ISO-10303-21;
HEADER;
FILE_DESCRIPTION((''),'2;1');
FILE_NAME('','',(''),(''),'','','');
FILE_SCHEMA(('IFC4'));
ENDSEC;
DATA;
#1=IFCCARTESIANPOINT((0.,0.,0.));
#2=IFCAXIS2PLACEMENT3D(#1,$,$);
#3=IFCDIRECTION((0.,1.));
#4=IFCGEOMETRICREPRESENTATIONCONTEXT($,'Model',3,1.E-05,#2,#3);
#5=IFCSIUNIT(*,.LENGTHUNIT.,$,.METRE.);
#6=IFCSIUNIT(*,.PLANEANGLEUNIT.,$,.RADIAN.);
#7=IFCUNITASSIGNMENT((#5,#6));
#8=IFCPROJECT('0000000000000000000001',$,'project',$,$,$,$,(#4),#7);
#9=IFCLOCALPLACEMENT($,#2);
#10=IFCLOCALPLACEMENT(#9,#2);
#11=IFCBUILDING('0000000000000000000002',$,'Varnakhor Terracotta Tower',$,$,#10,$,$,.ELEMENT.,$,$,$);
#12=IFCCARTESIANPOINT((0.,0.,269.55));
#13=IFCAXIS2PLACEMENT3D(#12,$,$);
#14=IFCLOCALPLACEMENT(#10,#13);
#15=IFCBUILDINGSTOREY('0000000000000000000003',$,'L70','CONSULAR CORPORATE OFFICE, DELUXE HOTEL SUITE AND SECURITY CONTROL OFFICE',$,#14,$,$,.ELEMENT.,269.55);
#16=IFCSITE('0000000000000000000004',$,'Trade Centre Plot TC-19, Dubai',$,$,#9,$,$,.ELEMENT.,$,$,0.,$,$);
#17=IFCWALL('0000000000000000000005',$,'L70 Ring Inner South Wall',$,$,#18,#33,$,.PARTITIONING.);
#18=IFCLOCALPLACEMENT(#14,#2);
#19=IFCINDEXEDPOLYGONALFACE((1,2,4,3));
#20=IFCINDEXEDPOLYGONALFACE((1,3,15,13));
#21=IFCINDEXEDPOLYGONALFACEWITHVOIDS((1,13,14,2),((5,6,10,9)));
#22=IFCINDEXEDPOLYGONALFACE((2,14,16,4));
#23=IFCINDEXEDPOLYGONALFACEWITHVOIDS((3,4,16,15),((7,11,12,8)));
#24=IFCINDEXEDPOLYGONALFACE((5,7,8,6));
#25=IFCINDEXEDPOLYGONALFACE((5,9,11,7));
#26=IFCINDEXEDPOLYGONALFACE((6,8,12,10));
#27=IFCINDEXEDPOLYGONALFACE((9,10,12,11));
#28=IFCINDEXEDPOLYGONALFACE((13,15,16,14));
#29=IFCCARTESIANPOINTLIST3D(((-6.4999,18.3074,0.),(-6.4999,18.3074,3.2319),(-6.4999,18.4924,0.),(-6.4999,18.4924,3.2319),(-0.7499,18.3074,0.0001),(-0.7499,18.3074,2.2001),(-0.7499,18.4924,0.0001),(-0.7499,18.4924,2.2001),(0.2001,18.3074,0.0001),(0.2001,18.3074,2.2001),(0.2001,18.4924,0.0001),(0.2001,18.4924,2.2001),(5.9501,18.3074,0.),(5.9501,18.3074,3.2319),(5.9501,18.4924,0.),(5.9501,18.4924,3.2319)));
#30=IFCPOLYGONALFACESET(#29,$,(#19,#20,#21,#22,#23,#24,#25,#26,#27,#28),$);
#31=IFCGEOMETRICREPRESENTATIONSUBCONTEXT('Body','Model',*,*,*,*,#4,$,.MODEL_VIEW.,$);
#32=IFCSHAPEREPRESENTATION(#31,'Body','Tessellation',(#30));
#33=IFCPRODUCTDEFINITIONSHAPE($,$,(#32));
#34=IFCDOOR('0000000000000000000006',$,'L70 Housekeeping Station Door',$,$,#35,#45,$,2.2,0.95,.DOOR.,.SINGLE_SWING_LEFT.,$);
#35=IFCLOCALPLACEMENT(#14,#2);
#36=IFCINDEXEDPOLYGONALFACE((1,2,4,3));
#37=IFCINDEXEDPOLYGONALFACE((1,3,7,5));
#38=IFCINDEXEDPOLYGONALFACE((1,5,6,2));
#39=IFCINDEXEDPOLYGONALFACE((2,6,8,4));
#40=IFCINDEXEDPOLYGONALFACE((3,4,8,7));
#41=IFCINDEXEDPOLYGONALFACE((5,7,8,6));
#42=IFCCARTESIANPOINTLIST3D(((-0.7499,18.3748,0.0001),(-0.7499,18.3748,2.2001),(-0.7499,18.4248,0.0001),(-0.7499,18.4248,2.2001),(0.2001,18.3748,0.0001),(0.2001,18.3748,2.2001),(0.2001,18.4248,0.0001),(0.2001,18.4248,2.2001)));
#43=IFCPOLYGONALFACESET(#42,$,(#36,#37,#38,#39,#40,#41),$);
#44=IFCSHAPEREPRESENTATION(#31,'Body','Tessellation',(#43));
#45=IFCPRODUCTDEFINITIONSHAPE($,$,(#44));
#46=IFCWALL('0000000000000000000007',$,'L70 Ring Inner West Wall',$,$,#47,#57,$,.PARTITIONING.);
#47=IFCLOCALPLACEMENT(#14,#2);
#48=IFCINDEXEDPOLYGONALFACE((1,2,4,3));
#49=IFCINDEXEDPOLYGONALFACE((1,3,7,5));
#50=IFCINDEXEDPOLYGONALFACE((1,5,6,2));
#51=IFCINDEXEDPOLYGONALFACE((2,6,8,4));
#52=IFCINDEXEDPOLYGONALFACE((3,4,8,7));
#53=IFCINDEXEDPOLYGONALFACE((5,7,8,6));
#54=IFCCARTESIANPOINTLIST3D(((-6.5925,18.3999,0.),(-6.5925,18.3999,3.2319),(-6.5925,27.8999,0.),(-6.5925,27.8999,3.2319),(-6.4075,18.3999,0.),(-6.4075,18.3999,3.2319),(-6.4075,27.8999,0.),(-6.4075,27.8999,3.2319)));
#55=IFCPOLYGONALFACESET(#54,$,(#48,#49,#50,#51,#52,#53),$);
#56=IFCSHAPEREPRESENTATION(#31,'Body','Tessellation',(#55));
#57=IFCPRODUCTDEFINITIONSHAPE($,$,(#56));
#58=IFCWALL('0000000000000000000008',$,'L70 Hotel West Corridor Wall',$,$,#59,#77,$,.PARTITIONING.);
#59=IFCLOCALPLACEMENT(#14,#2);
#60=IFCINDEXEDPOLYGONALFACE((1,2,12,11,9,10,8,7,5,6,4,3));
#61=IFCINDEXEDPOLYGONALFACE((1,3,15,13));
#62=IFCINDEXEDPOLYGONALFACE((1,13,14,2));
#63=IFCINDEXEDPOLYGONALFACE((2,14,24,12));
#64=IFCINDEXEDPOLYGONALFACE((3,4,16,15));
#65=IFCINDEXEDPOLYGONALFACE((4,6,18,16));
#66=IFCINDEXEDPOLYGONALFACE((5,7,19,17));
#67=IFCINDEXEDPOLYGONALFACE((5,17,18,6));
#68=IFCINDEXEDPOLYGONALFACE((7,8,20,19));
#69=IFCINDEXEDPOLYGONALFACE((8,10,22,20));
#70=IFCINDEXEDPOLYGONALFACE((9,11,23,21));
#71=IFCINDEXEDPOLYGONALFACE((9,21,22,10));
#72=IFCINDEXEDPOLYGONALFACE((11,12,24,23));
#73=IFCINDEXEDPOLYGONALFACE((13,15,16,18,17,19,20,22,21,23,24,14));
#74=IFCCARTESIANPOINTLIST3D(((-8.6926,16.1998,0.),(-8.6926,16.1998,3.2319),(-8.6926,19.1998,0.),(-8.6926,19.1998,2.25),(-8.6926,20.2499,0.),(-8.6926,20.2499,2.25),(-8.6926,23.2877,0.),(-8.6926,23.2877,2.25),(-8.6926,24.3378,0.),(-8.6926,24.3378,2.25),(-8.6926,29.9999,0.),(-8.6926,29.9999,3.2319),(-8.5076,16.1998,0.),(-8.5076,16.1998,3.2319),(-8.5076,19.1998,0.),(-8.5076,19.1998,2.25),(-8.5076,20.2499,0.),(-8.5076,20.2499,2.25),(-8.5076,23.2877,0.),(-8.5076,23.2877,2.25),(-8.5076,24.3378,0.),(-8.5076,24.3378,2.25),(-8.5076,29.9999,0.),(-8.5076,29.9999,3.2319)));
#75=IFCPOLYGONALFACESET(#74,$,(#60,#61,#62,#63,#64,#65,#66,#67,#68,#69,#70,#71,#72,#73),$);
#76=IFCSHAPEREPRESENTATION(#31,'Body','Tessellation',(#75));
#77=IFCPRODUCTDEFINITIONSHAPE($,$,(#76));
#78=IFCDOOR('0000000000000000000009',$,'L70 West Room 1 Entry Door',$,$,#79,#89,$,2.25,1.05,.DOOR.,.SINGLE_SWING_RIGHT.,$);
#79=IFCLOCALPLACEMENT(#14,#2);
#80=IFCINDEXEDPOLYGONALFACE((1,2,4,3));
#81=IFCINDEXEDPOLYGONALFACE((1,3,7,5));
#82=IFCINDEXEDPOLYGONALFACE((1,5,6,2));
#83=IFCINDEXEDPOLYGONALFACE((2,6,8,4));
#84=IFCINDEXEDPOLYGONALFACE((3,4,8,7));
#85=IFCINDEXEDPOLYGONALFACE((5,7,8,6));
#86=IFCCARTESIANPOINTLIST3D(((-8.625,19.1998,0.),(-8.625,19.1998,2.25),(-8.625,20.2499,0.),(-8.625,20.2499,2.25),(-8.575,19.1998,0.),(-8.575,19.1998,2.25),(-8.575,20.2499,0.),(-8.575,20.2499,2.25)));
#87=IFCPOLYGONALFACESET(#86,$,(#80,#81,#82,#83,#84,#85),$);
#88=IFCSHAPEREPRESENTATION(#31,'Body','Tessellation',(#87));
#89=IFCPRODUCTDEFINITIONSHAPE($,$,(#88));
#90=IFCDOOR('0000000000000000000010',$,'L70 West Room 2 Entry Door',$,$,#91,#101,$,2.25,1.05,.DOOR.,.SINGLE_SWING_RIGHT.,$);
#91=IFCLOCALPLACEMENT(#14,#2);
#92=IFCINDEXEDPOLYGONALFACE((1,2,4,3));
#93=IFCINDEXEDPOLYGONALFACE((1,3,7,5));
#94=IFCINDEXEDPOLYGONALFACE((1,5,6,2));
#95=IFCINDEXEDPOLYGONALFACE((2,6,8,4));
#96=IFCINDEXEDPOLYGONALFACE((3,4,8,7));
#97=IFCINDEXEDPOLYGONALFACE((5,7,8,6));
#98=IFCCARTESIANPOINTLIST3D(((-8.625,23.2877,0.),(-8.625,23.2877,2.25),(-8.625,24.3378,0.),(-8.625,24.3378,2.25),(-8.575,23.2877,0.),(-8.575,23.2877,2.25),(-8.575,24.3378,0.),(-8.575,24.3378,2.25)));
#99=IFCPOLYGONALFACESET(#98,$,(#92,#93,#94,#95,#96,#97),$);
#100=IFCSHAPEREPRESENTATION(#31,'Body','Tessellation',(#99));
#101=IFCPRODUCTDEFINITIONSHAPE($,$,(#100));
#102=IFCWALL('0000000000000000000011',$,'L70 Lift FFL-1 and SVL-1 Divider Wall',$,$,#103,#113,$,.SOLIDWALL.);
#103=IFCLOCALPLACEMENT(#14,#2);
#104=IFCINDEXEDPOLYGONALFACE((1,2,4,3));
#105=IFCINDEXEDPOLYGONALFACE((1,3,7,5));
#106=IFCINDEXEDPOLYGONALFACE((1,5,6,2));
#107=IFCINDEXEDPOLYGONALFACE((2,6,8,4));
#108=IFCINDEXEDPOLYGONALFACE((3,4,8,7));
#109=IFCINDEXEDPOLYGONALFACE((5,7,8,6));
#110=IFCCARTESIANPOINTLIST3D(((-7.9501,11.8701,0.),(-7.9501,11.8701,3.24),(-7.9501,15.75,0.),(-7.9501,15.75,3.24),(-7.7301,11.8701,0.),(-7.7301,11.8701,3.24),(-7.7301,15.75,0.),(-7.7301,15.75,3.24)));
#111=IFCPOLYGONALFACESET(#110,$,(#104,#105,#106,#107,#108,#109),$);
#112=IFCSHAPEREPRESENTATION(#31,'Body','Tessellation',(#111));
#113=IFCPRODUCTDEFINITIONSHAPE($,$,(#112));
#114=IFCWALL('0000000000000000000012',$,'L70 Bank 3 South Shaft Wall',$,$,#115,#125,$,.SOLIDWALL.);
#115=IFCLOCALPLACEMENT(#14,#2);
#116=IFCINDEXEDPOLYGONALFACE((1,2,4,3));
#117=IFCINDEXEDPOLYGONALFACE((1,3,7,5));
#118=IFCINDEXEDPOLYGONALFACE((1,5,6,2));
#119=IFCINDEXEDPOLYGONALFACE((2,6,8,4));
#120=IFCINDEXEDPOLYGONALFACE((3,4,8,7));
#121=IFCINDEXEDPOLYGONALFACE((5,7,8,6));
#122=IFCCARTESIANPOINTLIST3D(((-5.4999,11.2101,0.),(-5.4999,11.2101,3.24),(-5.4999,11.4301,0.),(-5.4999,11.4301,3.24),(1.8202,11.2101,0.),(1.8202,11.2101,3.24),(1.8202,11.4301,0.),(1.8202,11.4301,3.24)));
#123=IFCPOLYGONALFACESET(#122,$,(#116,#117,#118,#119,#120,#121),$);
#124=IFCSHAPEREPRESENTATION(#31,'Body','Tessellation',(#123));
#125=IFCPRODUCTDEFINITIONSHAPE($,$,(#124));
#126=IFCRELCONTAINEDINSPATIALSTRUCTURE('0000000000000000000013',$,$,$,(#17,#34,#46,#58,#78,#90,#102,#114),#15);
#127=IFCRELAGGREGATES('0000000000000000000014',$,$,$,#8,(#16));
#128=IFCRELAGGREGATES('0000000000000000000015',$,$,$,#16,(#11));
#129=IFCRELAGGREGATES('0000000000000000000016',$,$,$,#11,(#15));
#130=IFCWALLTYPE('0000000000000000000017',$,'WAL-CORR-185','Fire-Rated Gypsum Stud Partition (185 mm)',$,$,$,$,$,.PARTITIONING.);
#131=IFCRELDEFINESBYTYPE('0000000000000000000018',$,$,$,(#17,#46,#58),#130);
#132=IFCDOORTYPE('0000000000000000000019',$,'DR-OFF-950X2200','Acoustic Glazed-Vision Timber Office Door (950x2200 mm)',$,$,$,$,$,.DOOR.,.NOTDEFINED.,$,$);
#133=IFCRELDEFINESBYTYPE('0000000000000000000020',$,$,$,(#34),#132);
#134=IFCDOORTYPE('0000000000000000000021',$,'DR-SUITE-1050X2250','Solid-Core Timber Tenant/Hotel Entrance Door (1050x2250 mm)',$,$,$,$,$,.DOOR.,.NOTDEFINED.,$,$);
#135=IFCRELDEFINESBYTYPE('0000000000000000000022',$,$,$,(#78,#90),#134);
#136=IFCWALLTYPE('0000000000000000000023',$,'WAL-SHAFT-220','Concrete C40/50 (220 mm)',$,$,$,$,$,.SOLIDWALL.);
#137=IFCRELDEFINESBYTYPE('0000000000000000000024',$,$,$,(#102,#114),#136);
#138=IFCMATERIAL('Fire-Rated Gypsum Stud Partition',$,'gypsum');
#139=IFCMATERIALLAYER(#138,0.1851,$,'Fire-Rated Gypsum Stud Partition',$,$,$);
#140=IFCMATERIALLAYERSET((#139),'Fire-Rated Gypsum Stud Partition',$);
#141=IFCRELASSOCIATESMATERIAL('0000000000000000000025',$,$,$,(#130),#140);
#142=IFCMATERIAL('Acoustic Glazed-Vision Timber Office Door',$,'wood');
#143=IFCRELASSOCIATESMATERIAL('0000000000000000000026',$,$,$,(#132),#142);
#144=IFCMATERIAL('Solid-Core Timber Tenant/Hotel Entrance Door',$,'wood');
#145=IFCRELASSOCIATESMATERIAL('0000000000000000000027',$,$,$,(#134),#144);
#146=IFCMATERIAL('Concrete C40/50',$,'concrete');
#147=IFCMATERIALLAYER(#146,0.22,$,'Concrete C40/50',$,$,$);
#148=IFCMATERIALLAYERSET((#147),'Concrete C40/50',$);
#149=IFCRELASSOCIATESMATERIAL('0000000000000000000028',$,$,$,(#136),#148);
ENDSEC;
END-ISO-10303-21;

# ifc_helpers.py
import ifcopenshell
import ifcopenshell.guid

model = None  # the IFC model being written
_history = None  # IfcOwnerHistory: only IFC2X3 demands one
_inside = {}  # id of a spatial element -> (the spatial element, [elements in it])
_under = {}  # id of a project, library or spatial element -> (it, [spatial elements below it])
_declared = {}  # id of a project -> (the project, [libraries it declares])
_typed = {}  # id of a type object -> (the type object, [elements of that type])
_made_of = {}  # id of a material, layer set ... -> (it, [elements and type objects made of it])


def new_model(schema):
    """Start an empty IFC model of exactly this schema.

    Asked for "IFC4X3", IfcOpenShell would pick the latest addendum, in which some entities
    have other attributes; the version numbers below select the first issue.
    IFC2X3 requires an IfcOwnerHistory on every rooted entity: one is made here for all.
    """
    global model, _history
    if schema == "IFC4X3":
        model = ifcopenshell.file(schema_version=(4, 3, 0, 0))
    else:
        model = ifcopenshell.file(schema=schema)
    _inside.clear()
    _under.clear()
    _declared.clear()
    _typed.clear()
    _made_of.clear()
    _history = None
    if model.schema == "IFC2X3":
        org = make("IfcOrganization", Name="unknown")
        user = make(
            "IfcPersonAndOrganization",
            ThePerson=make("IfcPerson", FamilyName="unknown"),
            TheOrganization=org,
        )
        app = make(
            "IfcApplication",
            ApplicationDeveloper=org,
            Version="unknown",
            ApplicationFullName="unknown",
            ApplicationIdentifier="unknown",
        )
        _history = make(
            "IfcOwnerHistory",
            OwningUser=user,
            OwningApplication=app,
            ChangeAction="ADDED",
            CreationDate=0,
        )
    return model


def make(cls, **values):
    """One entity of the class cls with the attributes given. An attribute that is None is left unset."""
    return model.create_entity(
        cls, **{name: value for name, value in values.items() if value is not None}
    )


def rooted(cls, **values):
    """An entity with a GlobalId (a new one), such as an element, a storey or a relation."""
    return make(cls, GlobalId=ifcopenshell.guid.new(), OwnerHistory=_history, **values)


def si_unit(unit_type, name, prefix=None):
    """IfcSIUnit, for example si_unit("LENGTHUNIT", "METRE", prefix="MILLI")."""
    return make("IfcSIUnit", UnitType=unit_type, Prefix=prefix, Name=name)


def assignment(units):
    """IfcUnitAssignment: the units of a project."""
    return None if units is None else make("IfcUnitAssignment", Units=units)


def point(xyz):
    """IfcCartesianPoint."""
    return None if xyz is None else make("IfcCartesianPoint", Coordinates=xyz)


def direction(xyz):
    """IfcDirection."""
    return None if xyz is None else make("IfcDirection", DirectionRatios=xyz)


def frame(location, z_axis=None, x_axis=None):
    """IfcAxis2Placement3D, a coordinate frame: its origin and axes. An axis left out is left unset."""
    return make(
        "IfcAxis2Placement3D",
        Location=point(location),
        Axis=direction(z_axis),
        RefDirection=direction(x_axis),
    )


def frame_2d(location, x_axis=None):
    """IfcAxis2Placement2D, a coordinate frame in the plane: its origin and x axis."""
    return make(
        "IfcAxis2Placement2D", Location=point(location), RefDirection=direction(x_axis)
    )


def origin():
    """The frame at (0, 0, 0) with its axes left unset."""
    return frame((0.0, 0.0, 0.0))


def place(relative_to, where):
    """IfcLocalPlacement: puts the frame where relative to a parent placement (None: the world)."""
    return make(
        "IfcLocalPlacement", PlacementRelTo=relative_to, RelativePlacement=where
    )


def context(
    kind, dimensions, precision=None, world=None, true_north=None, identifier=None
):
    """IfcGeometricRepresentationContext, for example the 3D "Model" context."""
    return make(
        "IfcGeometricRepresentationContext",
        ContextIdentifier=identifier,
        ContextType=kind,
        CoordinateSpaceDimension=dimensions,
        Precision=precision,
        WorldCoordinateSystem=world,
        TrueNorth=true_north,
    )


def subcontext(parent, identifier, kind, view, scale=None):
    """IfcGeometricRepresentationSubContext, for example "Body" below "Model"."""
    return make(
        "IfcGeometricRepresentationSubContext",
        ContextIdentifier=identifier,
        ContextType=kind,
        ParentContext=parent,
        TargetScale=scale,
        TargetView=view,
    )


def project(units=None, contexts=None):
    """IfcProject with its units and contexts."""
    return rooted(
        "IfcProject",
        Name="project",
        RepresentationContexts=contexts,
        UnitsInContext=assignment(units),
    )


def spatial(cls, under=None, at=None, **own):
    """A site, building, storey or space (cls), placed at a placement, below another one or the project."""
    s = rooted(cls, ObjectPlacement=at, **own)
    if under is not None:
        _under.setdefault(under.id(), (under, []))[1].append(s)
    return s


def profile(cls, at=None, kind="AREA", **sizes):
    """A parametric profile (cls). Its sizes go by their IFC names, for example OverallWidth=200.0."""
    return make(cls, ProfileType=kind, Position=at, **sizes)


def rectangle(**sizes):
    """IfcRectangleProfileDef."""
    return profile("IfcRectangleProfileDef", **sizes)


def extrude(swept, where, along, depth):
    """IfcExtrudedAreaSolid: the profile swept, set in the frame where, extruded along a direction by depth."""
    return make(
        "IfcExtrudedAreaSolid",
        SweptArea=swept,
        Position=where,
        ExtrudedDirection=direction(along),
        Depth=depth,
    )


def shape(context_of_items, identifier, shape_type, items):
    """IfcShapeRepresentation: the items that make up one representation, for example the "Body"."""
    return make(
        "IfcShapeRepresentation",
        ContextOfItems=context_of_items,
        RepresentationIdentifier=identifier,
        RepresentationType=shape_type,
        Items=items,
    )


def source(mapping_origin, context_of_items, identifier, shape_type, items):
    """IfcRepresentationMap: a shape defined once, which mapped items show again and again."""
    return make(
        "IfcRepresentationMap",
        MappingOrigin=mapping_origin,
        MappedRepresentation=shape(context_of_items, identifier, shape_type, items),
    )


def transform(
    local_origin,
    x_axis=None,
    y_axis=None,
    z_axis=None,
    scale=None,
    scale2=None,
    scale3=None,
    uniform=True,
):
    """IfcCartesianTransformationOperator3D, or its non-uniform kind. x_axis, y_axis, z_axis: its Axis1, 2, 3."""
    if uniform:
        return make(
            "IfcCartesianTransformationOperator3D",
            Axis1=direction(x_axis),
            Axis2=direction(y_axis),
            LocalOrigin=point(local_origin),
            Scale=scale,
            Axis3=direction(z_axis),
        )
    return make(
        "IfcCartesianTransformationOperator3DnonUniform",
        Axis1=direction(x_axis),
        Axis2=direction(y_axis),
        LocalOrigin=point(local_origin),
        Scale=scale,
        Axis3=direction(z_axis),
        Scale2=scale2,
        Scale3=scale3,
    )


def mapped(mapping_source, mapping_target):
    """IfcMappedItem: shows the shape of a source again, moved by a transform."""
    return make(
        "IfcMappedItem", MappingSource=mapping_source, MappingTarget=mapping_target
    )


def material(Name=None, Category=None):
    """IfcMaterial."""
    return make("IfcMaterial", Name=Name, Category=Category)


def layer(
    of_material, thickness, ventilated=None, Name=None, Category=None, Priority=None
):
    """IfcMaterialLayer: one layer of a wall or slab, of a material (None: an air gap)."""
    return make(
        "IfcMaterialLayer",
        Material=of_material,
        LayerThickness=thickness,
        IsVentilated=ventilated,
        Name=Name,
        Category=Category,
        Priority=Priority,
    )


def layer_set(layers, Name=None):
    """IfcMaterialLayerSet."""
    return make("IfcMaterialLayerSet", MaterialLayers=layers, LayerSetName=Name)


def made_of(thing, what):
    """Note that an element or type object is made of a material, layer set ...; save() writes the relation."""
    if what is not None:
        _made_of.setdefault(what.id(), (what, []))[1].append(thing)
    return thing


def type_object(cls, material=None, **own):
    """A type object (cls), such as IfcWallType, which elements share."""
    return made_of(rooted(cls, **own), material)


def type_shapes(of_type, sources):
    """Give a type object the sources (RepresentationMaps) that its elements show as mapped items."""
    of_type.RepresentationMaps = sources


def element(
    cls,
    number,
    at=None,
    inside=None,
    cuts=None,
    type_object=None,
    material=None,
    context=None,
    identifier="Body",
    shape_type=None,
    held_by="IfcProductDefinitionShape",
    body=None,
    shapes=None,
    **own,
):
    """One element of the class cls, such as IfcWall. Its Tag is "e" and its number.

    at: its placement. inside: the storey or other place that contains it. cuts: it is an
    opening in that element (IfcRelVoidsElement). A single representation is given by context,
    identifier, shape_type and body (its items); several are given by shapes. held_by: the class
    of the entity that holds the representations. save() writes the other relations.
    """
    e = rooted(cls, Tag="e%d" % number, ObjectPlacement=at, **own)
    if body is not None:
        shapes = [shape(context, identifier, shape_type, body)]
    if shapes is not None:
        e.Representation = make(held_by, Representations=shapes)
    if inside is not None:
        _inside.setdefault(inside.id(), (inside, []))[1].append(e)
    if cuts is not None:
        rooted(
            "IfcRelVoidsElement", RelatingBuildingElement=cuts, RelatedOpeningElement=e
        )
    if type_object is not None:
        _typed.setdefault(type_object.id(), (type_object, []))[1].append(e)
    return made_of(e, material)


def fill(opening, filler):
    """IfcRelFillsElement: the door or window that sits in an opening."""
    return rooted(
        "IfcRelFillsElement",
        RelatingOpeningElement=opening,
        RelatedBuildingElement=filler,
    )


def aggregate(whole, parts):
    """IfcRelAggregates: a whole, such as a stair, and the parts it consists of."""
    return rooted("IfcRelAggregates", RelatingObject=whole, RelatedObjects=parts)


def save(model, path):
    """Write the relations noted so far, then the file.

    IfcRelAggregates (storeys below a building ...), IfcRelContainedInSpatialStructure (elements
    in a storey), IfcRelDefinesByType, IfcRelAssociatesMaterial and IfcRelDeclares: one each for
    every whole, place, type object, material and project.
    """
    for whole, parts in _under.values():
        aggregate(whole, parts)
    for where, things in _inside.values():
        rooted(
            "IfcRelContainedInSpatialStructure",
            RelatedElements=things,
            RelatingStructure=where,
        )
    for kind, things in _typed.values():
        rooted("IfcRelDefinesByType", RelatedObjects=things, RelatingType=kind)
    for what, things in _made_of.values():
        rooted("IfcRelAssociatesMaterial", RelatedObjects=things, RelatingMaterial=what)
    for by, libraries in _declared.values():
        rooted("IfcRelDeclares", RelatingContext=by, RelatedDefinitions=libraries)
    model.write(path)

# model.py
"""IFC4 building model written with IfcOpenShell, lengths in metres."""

from ifc_helpers import new_model, si_unit, direction, frame, frame_2d, origin, place, context, subcontext, project, spatial, rectangle, extrude, source, transform, mapped, material, layer, layer_set, type_object, type_shapes, element, fill, save


model = new_model("IFC4")

# Units and contexts
model_context = context("Model", 3, precision=1e-05, world=origin(), true_north=direction((0.0, 1.0)))
body_context = subcontext(model_context, "Body", "Model", "MODEL_VIEW")
ifc_project = project(units=[si_unit("LENGTHUNIT", "METRE"), si_unit("PLANEANGLEUNIT", "RADIAN")], contexts=[model_context])

# Site, building, storey
site_placement = place(None, origin())
site = spatial("IfcSite", under=ifc_project, at=site_placement, Name="Trade Centre Plot TC-19, Dubai", CompositionType="ELEMENT", RefElevation=0.0)
building_placement = place(site_placement, origin())
building = spatial("IfcBuilding", under=site, at=building_placement, Name="Varnakhor Terracotta Tower", CompositionType="ELEMENT")
storey_placement = place(building_placement, frame((0.0, 0.0, 269.55)))
storey = spatial("IfcBuildingStorey", under=building, at=storey_placement, Name="L70", Description="CONSULAR CORPORATE OFFICE, DELUXE HOTEL SUITE AND SECURITY CONTROL OFFICE", CompositionType="ELEMENT", Elevation=269.55)

# Wall, opening, door
ifc_material_1 = material(Name="Fire-Rated Gypsum Stud Partition", Category="gypsum")
ifc_layer_1 = layer(ifc_material_1, 0.1851, Name="Fire-Rated Gypsum Stud Partition")
ifc_layer_set_1 = layer_set([ifc_layer_1], Name="Fire-Rated Gypsum Stud Partition")
wall_type_1 = type_object("IfcWallType", Name="WAL-CORR-185", Description="Fire-Rated Gypsum Stud Partition (185 mm)", PredefinedType="PARTITIONING", material=ifc_layer_set_1)
wall_1_placement = place(storey_placement, frame((-6.5, 18.3999, 0.0), z_axis=(0.0, 0.0, 1.0), x_axis=(1.0, 0.0, 0.0)))
wall_1 = element("IfcWall", 1, at=wall_1_placement, inside=storey, type_object=wall_type_1, Name="L70 Ring Inner South Wall", PredefinedType="PARTITIONING", context=body_context, shape_type="SweptSolid", body=[
    extrude(rectangle(XDim=12.45, YDim=0.1851, at=frame_2d((6.2251, 0.0))), origin(), (0.0, 0.0, 1.0), 3.2319),
])
opening_1_placement = place(wall_1_placement, frame((5.75, 0.0, 0.0)))
opening_1 = element("IfcOpeningElement", 2, at=opening_1_placement, cuts=wall_1, PredefinedType="OPENING", context=body_context, shape_type="SweptSolid", body=[
    extrude(rectangle(XDim=0.95, YDim=2.2, at=frame_2d((0.4751, 1.1001))), frame((0.0, 0.1025, 0.0), z_axis=(0.0, -1.0, 0.0), x_axis=(1.0, 0.0, 0.0)), (0.0, 0.0, 1.0), 0.2051),
])
ifc_material_2 = material(Name="Acoustic Glazed-Vision Timber Office Door", Category="wood")
door_type_1 = type_object("IfcDoorType", Name="DR-OFF-950X2200", Description="Acoustic Glazed-Vision Timber Office Door (950x2200 mm)", OperationType="NOTDEFINED", PredefinedType="DOOR", material=ifc_material_2)
shared_shape_1 = source(origin(), body_context, "Body", "SweptSolid", [
    extrude(rectangle(XDim=0.95, YDim=2.2, at=frame_2d((0.4751, 1.1001))), frame((0.0, 0.0249, 0.0), z_axis=(0.0, -1.0, 0.0), x_axis=(1.0, 0.0, 0.0)), (0.0, 0.0, 1.0), 0.05),
])
type_shapes(door_type_1, [shared_shape_1])
door_1_placement = place(opening_1_placement, origin())
door_1 = element("IfcDoor", 3, at=door_1_placement, inside=storey, type_object=door_type_1, Name="L70 Housekeeping Station Door", OperationType="SINGLE_SWING_LEFT", OverallHeight=2.2, OverallWidth=0.95, PredefinedType="DOOR", context=body_context, shape_type="MappedRepresentation", body=[
    mapped(shared_shape_1, transform((0.0, 0.0, 0.0), scale=1.0)),
])
fill(opening_1, door_1)

# Wall
wall_2_placement = place(storey_placement, frame((-6.5, 18.3999, 0.0), z_axis=(0.0, 0.0, 1.0), x_axis=(0.0, 1.0, 0.0)))
element("IfcWall", 4, at=wall_2_placement, inside=storey, type_object=wall_type_1, Name="L70 Ring Inner West Wall", PredefinedType="PARTITIONING", context=body_context, shape_type="SweptSolid", body=[
    extrude(rectangle(XDim=9.5, YDim=0.1851, at=frame_2d((4.75, 0.0))), origin(), (0.0, 0.0, 1.0), 3.2319),
])

# Wall, openings, doors
wall_3_placement = place(storey_placement, frame((-8.6001, 16.2, 0.0), z_axis=(0.0, 0.0, 1.0), x_axis=(0.0, 1.0, 0.0)))
wall_3 = element("IfcWall", 5, at=wall_3_placement, inside=storey, type_object=wall_type_1, Name="L70 Hotel West Corridor Wall", PredefinedType="PARTITIONING", context=body_context, shape_type="SweptSolid", body=[
    extrude(rectangle(XDim=13.8, YDim=0.1851, at=frame_2d((6.8999, 0.0))), origin(), (0.0, 0.0, 1.0), 3.2319),
])
opening_2_placement = place(wall_3_placement, frame((3.0, 0.0, 0.0)))
opening_2 = element("IfcOpeningElement", 6, at=opening_2_placement, cuts=wall_3, PredefinedType="OPENING", context=body_context, shape_type="SweptSolid", body=[
    extrude(rectangle(XDim=1.05, YDim=2.25, at=frame_2d((0.5249, 1.125))), frame((0.0, 0.1025, 0.0), z_axis=(0.0, -1.0, 0.0), x_axis=(1.0, 0.0, 0.0)), (0.0, 0.0, 1.0), 0.2051),
])
opening_3_placement = place(wall_3_placement, frame((7.0879, 0.0, 0.0)))
opening_3 = element("IfcOpeningElement", 7, at=opening_3_placement, cuts=wall_3, PredefinedType="OPENING", context=body_context, shape_type="SweptSolid", body=[
    extrude(rectangle(XDim=1.05, YDim=2.25, at=frame_2d((0.5249, 1.125))), frame((0.0, 0.1025, 0.0), z_axis=(0.0, -1.0, 0.0), x_axis=(1.0, 0.0, 0.0)), (0.0, 0.0, 1.0), 0.2051),
])
ifc_material_3 = material(Name="Solid-Core Timber Tenant/Hotel Entrance Door", Category="wood")
door_type_2 = type_object("IfcDoorType", Name="DR-SUITE-1050X2250", Description="Solid-Core Timber Tenant/Hotel Entrance Door (1050x2250 mm)", OperationType="NOTDEFINED", PredefinedType="DOOR", material=ifc_material_3)
shared_shape_2 = source(origin(), body_context, "Body", "SweptSolid", [
    extrude(rectangle(XDim=1.05, YDim=2.25, at=frame_2d((0.5249, 1.125))), frame((0.0, 0.0249, 0.0), z_axis=(0.0, -1.0, 0.0), x_axis=(1.0, 0.0, 0.0)), (0.0, 0.0, 1.0), 0.05),
])
type_shapes(door_type_2, [shared_shape_2])
door_2_placement = place(opening_2_placement, origin())
door_2 = element("IfcDoor", 8, at=door_2_placement, inside=storey, type_object=door_type_2, Name="L70 West Room 1 Entry Door", OperationType="SINGLE_SWING_RIGHT", OverallHeight=2.25, OverallWidth=1.05, PredefinedType="DOOR", context=body_context, shape_type="MappedRepresentation", body=[
    mapped(shared_shape_2, transform((0.0, 0.0, 0.0), scale=1.0)),
])
fill(opening_2, door_2)
door_3_placement = place(opening_3_placement, origin())
door_3 = element("IfcDoor", 9, at=door_3_placement, inside=storey, type_object=door_type_2, Name="L70 West Room 2 Entry Door", OperationType="SINGLE_SWING_RIGHT", OverallHeight=2.25, OverallWidth=1.05, PredefinedType="DOOR", context=body_context, shape_type="MappedRepresentation", body=[
    mapped(shared_shape_2, transform((0.0, 0.0, 0.0), scale=1.0)),
])
fill(opening_3, door_3)

# Walls
ifc_material_4 = material(Name="Concrete C40/50", Category="concrete")
ifc_layer_2 = layer(ifc_material_4, 0.22, Name="Concrete C40/50")
ifc_layer_set_2 = layer_set([ifc_layer_2], Name="Concrete C40/50")
wall_type_2 = type_object("IfcWallType", Name="WAL-SHAFT-220", Description="Concrete C40/50 (220 mm)", PredefinedType="SOLIDWALL", material=ifc_layer_set_2)
wall_4_placement = place(storey_placement, frame((-7.8401, 11.8701, 0.0), z_axis=(0.0, 0.0, 1.0), x_axis=(0.0, 1.0, 0.0)))
element("IfcWall", 10, at=wall_4_placement, inside=storey, type_object=wall_type_2, Name="L70 Lift FFL-1 and SVL-1 Divider Wall", PredefinedType="SOLIDWALL", context=body_context, shape_type="SweptSolid", body=[
    extrude(rectangle(XDim=3.8799, YDim=0.22, at=frame_2d((1.9399, 0.0))), origin(), (0.0, 0.0, 1.0), 3.24),
])
wall_5_placement = place(storey_placement, frame((-5.5, 11.3201, 0.0), z_axis=(0.0, 0.0, 1.0), x_axis=(1.0, 0.0, 0.0)))
element("IfcWall", 11, at=wall_5_placement, inside=storey, type_object=wall_type_2, Name="L70 Bank 3 South Shaft Wall", PredefinedType="SOLIDWALL", context=body_context, shape_type="SweptSolid", body=[
    extrude(rectangle(XDim=7.3201, YDim=0.22, at=frame_2d((3.6602, 0.0))), origin(), (0.0, 0.0, 1.0), 3.24),
])

save(model, "model.ifc")
